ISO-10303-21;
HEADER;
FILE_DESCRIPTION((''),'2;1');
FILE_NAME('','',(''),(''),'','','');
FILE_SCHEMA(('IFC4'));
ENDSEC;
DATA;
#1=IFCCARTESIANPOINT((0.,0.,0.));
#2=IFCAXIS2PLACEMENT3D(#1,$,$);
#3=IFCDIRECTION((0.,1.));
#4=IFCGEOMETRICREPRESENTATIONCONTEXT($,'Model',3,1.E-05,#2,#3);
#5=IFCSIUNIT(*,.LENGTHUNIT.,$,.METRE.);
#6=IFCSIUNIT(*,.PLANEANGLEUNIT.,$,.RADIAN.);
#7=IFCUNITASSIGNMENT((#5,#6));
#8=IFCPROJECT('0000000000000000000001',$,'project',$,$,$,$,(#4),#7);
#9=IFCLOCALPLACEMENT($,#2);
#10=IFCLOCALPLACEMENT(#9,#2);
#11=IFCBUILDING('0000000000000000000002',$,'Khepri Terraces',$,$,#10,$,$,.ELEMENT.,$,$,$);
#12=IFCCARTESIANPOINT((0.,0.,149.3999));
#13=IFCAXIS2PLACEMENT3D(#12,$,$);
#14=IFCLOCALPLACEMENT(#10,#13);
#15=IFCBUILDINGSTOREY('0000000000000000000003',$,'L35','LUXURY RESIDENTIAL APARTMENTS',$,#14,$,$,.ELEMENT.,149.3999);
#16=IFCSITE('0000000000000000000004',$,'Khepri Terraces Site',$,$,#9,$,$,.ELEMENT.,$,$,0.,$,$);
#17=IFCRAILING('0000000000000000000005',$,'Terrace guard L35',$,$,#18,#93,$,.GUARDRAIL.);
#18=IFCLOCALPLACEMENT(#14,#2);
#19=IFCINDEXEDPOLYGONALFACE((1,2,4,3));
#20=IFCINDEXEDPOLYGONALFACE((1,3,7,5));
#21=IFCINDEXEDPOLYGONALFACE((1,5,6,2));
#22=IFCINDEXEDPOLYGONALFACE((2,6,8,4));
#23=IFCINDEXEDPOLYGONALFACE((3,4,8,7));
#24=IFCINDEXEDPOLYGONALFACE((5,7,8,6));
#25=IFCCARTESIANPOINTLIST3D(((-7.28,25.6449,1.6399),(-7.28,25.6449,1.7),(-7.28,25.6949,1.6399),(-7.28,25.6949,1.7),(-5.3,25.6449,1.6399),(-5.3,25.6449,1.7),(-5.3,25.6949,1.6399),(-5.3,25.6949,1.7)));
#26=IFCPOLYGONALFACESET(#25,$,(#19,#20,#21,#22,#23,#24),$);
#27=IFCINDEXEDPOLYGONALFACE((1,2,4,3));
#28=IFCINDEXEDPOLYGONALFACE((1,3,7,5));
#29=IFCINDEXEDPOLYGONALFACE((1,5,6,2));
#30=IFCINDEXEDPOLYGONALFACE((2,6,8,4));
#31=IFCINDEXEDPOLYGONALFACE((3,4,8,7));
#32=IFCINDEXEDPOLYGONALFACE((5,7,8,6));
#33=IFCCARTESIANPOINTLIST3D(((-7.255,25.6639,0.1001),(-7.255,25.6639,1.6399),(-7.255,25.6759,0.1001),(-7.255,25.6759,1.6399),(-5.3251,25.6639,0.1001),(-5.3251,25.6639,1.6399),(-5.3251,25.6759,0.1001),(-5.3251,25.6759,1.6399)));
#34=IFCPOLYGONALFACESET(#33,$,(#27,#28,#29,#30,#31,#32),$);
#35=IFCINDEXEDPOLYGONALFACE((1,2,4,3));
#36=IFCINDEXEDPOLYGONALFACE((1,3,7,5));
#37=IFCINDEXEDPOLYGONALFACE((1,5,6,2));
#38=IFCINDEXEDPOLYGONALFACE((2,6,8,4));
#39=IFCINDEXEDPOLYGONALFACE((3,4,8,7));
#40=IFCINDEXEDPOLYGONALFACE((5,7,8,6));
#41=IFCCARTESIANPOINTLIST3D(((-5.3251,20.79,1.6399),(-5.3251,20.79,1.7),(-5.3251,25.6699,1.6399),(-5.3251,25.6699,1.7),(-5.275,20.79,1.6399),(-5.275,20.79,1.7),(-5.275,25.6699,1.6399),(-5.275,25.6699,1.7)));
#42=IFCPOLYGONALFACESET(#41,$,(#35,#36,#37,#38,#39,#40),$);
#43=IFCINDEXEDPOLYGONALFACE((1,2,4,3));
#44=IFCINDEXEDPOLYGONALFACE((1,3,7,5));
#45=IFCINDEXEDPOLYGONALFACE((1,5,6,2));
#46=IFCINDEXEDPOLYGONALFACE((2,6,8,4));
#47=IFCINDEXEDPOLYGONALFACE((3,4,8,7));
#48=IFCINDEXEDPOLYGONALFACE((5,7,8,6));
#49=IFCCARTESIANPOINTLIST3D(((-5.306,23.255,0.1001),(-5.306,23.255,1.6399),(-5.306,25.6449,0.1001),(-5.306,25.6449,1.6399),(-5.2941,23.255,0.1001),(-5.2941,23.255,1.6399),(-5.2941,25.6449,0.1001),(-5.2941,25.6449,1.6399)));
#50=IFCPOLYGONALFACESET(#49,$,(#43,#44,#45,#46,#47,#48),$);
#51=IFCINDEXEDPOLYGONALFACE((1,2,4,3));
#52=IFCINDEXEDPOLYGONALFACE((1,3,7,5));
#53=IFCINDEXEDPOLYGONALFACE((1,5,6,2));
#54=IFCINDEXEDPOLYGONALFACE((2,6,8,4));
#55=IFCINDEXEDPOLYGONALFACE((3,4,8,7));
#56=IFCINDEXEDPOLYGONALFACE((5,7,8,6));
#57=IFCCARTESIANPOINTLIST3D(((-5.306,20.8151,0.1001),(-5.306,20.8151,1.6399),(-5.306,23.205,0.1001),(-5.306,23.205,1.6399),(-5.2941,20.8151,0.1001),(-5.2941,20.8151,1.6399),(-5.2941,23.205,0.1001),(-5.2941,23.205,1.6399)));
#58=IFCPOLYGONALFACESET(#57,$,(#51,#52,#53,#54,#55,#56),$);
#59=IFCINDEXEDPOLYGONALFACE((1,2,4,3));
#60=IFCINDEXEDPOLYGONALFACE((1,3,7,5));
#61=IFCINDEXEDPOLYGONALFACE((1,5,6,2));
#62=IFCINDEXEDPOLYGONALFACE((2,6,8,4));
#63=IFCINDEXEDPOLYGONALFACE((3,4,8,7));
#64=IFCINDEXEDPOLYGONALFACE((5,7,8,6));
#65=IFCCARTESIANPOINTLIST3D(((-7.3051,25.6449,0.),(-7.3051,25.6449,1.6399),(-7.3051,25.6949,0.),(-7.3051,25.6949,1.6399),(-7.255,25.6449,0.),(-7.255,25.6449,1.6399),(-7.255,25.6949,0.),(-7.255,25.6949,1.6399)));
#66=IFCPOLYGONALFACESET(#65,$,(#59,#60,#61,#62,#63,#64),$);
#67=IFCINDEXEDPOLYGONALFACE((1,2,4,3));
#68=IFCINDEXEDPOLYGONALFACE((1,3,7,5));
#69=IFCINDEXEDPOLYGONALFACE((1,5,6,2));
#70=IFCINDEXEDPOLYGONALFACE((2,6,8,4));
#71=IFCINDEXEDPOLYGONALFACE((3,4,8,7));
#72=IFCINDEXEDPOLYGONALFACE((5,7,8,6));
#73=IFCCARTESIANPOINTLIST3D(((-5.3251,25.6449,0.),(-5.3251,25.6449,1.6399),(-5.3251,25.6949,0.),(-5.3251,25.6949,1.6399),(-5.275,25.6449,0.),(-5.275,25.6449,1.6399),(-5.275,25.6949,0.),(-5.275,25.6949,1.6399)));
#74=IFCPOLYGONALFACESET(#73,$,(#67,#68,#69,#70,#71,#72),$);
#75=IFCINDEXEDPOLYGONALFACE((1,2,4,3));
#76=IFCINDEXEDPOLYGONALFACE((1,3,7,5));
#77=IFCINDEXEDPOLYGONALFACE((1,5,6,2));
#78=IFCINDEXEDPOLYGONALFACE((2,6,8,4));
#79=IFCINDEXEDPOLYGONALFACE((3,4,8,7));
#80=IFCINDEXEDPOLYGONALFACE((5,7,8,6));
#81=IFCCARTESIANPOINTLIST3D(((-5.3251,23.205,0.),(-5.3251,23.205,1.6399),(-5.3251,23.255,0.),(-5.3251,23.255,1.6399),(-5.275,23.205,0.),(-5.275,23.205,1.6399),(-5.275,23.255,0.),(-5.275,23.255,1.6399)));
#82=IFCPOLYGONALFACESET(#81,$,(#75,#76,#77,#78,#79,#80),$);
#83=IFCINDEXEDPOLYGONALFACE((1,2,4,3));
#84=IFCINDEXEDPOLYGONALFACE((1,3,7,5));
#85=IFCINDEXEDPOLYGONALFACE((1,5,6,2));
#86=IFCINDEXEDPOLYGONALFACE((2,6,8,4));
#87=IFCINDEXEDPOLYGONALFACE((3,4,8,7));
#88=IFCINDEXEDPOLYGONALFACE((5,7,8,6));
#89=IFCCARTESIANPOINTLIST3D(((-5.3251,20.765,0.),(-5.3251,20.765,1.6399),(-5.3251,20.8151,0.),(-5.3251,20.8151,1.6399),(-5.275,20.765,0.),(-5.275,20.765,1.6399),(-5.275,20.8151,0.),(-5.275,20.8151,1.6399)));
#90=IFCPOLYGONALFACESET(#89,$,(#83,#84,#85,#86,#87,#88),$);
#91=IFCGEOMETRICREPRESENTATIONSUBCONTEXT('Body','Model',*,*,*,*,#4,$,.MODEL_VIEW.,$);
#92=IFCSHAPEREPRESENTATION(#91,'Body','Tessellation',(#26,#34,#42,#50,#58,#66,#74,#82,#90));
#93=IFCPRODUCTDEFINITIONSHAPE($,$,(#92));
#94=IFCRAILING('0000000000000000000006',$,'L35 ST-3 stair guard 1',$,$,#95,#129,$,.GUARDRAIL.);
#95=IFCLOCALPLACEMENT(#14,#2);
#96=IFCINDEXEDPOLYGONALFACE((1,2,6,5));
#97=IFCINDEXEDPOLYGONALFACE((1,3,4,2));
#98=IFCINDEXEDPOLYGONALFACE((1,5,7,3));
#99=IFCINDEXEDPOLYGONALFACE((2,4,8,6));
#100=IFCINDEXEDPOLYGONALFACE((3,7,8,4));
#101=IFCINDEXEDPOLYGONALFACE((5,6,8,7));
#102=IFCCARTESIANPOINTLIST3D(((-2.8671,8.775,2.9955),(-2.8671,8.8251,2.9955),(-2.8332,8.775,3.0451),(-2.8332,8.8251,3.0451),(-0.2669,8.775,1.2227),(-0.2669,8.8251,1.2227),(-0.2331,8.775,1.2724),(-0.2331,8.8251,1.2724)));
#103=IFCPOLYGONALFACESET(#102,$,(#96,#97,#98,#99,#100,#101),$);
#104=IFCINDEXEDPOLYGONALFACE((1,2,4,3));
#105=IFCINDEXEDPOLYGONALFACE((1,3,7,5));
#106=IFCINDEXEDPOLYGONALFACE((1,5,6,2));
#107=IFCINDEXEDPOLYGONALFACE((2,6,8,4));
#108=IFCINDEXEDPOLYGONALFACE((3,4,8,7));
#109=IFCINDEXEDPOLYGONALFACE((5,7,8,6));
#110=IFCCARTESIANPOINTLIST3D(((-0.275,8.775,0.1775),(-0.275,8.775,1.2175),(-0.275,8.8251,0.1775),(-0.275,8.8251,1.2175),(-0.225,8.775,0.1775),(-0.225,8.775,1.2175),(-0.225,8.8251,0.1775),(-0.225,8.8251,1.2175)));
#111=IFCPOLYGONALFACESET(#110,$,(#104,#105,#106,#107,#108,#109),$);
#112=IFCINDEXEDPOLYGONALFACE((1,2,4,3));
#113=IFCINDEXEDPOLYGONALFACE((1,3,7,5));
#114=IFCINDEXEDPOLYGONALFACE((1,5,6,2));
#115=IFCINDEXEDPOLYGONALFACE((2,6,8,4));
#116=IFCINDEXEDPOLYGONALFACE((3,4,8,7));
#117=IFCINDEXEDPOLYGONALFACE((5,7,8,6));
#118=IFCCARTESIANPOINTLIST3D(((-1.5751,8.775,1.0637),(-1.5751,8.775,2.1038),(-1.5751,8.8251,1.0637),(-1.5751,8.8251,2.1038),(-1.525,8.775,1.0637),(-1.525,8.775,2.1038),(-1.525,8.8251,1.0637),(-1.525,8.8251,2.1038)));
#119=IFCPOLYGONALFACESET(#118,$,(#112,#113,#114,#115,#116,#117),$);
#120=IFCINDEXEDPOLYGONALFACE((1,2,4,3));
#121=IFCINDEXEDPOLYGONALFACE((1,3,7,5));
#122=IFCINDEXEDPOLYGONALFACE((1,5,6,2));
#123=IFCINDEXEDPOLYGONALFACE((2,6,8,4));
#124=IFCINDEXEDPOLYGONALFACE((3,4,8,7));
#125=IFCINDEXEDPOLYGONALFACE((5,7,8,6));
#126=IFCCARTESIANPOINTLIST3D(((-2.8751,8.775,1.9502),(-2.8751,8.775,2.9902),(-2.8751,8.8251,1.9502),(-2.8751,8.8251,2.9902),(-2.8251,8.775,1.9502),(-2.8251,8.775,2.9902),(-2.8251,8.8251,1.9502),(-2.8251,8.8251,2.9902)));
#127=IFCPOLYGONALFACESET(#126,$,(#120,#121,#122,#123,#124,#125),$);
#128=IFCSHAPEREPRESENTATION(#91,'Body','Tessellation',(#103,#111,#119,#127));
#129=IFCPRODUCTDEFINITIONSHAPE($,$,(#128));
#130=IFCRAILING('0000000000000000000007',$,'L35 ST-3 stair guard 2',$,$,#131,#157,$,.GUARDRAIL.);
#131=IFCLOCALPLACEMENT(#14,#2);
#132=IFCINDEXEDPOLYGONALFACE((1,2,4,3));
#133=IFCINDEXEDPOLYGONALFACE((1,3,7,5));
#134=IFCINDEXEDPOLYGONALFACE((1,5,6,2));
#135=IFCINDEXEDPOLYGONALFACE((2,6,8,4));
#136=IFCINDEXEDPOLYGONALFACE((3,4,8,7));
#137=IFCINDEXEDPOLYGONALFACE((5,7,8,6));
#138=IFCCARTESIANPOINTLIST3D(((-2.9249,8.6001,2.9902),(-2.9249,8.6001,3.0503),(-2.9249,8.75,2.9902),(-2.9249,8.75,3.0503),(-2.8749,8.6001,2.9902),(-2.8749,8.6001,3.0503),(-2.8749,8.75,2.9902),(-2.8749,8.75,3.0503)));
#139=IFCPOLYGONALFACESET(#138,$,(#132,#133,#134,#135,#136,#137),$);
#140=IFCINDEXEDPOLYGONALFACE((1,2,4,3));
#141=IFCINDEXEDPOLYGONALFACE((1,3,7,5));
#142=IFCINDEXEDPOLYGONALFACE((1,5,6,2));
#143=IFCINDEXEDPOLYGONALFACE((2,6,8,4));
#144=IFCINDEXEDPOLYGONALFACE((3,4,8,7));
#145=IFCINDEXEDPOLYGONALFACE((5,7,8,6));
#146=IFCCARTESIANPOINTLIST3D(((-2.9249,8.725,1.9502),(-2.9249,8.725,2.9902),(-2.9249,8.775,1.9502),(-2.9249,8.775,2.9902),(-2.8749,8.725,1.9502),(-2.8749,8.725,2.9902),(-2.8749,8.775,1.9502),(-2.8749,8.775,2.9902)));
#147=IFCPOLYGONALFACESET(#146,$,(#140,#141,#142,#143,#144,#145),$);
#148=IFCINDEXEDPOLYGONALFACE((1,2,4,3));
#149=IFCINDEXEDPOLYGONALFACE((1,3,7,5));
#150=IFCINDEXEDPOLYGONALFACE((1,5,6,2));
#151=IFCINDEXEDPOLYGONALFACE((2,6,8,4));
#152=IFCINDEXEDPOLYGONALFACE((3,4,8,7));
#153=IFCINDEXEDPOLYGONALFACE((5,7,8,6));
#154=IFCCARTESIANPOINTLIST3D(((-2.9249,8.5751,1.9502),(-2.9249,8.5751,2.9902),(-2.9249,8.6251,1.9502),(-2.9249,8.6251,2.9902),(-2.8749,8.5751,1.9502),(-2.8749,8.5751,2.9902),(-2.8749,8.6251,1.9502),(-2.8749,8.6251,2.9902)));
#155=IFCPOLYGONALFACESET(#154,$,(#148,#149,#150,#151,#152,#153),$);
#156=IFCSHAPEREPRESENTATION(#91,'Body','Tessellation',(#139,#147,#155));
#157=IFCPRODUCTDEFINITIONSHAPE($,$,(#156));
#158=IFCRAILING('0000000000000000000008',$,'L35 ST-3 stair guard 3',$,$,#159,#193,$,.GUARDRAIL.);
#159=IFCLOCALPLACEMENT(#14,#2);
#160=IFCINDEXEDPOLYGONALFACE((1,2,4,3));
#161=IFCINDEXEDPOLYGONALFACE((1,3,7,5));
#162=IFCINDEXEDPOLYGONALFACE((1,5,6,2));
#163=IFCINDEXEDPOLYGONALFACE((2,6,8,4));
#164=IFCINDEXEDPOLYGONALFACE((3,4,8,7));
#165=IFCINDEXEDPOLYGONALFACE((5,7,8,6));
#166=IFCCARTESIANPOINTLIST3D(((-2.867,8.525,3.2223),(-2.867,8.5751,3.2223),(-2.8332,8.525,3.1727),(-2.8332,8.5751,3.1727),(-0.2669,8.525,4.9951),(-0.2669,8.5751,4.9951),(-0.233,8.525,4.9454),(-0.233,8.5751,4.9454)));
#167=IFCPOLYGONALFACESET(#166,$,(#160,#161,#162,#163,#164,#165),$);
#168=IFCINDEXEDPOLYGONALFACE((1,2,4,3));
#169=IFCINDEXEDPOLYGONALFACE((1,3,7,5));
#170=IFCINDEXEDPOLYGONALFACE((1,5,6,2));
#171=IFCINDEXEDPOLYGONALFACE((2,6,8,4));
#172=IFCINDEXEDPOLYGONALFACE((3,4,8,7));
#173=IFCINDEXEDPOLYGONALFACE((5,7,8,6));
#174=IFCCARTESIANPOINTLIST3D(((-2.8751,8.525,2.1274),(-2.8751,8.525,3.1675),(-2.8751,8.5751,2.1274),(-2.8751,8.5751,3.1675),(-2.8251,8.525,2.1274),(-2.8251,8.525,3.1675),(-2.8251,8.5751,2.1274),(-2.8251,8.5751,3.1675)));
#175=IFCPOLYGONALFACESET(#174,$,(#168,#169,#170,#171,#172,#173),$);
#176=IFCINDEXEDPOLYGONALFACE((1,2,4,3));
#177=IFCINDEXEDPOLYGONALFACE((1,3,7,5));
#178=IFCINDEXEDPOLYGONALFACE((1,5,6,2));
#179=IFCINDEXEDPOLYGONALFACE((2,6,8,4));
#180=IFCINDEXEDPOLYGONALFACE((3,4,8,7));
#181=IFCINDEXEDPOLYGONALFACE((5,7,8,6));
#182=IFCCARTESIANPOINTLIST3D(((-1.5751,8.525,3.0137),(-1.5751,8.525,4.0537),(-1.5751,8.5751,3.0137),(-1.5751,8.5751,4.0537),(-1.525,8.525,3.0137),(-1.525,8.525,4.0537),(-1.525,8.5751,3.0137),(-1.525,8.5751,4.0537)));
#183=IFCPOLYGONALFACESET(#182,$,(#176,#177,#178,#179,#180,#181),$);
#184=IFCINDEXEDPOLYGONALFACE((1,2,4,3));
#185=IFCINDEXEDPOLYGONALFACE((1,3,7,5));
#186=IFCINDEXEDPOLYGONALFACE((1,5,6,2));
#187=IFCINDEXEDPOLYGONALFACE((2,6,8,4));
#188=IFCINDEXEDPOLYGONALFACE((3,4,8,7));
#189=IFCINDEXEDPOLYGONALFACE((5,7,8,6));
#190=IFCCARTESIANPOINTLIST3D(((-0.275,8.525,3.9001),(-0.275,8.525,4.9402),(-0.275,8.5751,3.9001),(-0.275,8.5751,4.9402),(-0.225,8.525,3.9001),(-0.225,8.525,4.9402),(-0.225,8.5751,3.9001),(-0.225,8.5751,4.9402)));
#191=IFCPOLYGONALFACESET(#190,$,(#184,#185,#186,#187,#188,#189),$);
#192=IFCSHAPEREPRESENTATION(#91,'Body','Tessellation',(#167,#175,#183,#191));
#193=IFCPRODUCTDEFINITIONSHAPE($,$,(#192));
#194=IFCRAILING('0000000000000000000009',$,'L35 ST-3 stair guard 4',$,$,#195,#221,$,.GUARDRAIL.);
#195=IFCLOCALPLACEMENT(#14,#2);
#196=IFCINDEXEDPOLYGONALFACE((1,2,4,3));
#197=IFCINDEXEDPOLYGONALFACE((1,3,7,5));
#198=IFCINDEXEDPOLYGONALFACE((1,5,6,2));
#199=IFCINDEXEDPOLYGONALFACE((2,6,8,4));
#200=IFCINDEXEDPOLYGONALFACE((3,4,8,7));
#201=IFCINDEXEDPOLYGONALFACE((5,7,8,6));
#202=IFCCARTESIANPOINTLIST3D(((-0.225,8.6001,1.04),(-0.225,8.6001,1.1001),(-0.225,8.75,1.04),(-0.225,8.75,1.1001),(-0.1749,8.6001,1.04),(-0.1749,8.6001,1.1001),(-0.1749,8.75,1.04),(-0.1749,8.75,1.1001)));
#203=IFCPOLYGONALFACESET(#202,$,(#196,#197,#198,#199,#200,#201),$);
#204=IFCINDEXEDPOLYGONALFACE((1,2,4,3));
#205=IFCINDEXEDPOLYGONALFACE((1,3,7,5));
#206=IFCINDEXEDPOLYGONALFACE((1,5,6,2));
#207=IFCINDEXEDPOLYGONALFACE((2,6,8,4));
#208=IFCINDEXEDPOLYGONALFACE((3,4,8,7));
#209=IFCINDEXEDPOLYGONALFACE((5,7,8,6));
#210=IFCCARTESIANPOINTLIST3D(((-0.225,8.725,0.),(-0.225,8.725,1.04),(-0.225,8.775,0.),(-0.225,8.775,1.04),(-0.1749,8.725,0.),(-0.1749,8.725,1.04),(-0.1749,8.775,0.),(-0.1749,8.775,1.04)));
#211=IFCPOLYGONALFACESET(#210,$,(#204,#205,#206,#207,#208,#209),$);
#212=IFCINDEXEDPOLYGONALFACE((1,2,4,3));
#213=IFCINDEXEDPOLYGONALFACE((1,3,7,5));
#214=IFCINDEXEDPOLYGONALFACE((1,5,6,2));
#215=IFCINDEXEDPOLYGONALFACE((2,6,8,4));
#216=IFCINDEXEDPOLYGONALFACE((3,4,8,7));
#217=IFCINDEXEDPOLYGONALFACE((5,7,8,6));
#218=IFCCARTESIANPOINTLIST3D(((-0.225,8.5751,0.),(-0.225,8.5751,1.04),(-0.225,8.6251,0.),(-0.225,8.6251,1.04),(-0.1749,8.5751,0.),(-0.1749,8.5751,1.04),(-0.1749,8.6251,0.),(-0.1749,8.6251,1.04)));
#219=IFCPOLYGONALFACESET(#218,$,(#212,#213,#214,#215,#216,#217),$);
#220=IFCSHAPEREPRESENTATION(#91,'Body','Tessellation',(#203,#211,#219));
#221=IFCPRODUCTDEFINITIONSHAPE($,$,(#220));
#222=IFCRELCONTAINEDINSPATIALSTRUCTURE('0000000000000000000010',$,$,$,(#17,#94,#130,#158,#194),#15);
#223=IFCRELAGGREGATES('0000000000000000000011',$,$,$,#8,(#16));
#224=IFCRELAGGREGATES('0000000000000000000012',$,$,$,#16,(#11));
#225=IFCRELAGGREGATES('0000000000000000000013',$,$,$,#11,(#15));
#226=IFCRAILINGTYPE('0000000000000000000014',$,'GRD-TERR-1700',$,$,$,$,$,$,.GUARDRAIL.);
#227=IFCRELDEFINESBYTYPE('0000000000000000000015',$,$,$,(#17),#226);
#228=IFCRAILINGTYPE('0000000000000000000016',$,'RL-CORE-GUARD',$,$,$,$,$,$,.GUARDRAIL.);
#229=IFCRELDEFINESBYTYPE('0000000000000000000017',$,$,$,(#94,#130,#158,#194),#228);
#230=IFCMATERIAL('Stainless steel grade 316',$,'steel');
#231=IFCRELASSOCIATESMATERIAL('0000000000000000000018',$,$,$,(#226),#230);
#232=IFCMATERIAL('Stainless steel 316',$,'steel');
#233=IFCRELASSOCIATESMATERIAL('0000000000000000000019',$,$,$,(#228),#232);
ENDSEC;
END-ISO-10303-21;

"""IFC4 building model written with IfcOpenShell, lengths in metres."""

from ifc_helpers import new_model, si_unit, direction, frame, origin, origin_2d, place, context, subcontext, project, spatial, rectangle, extrude, material, type_object, element, save


model = new_model("IFC4")

# Units and contexts
model_context = context("Model", 3, precision=1e-05, world=origin(), true_north=direction((0.0, 1.0)))
body_context = subcontext(model_context, "Body", "Model", "MODEL_VIEW")
ifc_project = project(units=[si_unit("LENGTHUNIT", "METRE"), si_unit("PLANEANGLEUNIT", "RADIAN")], contexts=[model_context])

# Site, building, storey
site_placement = place(None, origin())
site = spatial("IfcSite", under=ifc_project, at=site_placement, Name="Khepri Terraces Site", CompositionType="ELEMENT", RefElevation=0.0)
building_placement = place(site_placement, origin())
building = spatial("IfcBuilding", under=site, at=building_placement, Name="Khepri Terraces", CompositionType="ELEMENT")
storey_placement = place(building_placement, frame((0.0, 0.0, 149.3999)))
storey = spatial("IfcBuildingStorey", under=building, at=storey_placement, Name="L35", Description="LUXURY RESIDENTIAL APARTMENTS", CompositionType="ELEMENT", Elevation=149.3999)

# Railings
ifc_material_1 = material(Name="Stainless steel grade 316", Category="steel")
railing_type_1 = type_object("IfcRailingType", Name="GRD-TERR-1700", PredefinedType="GUARDRAIL", material=ifc_material_1)
railing_1_placement = place(storey_placement, frame((-7.28, 25.6699, 0.0)))
element("IfcRailing", 1, at=railing_1_placement, inside=storey, type_object=railing_type_1, Name="Terrace guard L35", PredefinedType="GUARDRAIL", context=body_context, shape_type="SweptSolid", body=[
    extrude(rectangle(XDim=0.05, YDim=0.0601, at=origin_2d()), frame((0.0, 0.0, 1.6699), z_axis=(1.0, 0.0, 0.0), x_axis=(0.0, 1.0, 0.0)), (0.0, 0.0, 1.0), 1.98),
    extrude(rectangle(XDim=1.9299, YDim=0.012, at=origin_2d()), frame((0.99, 0.0, 0.1001), z_axis=(0.0, 0.0, 1.0), x_axis=(1.0, 0.0, 0.0)), (0.0, 0.0, 1.0), 1.5398),
    extrude(rectangle(XDim=0.05, YDim=0.0601, at=origin_2d()), frame((1.98, 0.0, 1.6699), z_axis=(0.0, -1.0, 0.0), x_axis=(1.0, 0.0, 0.0)), (0.0, 0.0, 1.0), 4.8799),
    extrude(rectangle(XDim=2.3899, YDim=0.012, at=origin_2d()), frame((1.98, -1.22, 0.1001), z_axis=(0.0, 0.0, 1.0), x_axis=(0.0, -1.0, 0.0)), (0.0, 0.0, 1.0), 1.5398),
    extrude(rectangle(XDim=2.3899, YDim=0.012, at=origin_2d()), frame((1.98, -3.6599, 0.1001), z_axis=(0.0, 0.0, 1.0), x_axis=(0.0, -1.0, 0.0)), (0.0, 0.0, 1.0), 1.5398),
    extrude(rectangle(XDim=0.05, YDim=0.05, at=origin_2d()), origin(), (0.0, 0.0, 1.0), 1.6399),
    extrude(rectangle(XDim=0.05, YDim=0.05, at=origin_2d()), frame((1.98, 0.0, 0.0)), (0.0, 0.0, 1.0), 1.6399),
    extrude(rectangle(XDim=0.05, YDim=0.05, at=origin_2d()), frame((1.98, -2.4399, 0.0)), (0.0, 0.0, 1.0), 1.6399),
    extrude(rectangle(XDim=0.05, YDim=0.05, at=origin_2d()), frame((1.98, -4.8799, 0.0)), (0.0, 0.0, 1.0), 1.6399),
])
ifc_material_2 = material(Name="Stainless steel 316", Category="steel")
railing_type_2 = type_object("IfcRailingType", Name="RL-CORE-GUARD", PredefinedType="GUARDRAIL", material=ifc_material_2)
railing_2_placement = place(storey_placement, frame((-0.25, 8.8, 0.1775)))
element("IfcRailing", 2, at=railing_2_placement, inside=storey, type_object=railing_type_2, Name="L35 ST-3 stair guard 1", PredefinedType="GUARDRAIL", context=body_context, shape_type="SweptSolid", body=[
    extrude(rectangle(XDim=0.05, YDim=0.0601, at=origin_2d()), frame((0.0, 0.0, 1.0701), z_axis=(-0.82624, 0.0, 0.563318), x_axis=(0.0, -1.0, 0.0)), (0.0, 0.0, 1.0), 3.147),
    extrude(rectangle(XDim=0.05, YDim=0.05, at=origin_2d()), origin(), (0.0, 0.0, 1.0), 1.04),
    extrude(rectangle(XDim=0.05, YDim=0.05, at=origin_2d()), frame((-1.3, 0.0, 0.8862)), (0.0, 0.0, 1.0), 1.04),
    extrude(rectangle(XDim=0.05, YDim=0.05, at=origin_2d()), frame((-2.6001, 0.0, 1.7727)), (0.0, 0.0, 1.0), 1.04),
])
railing_3_placement = place(storey_placement, frame((-2.8999, 8.75, 1.9502)))
element("IfcRailing", 3, at=railing_3_placement, inside=storey, type_object=railing_type_2, Name="L35 ST-3 stair guard 2", PredefinedType="GUARDRAIL", context=body_context, shape_type="SweptSolid", body=[
    extrude(rectangle(XDim=0.05, YDim=0.0601, at=origin_2d()), frame((0.0, 0.0, 1.0701), z_axis=(0.0, -1.0, 0.0), x_axis=(1.0, 0.0, 0.0)), (0.0, 0.0, 1.0), 0.1499),
    extrude(rectangle(XDim=0.05, YDim=0.05, at=origin_2d()), origin(), (0.0, 0.0, 1.0), 1.04),
    extrude(rectangle(XDim=0.05, YDim=0.05, at=origin_2d()), frame((0.0, -0.1499, 0.0)), (0.0, 0.0, 1.0), 1.04),
])
railing_4_placement = place(storey_placement, frame((-2.8501, 8.55, 2.1274)))
element("IfcRailing", 4, at=railing_4_placement, inside=storey, type_object=railing_type_2, Name="L35 ST-3 stair guard 3", PredefinedType="GUARDRAIL", context=body_context, shape_type="SweptSolid", body=[
    extrude(rectangle(XDim=0.05, YDim=0.0601, at=origin_2d()), frame((0.0, 0.0, 1.0701), z_axis=(0.82624, 0.0, 0.563318), x_axis=(0.0, 1.0, 0.0)), (0.0, 0.0, 1.0), 3.147),
    extrude(rectangle(XDim=0.05, YDim=0.05, at=origin_2d()), origin(), (0.0, 0.0, 1.0), 1.04),
    extrude(rectangle(XDim=0.05, YDim=0.05, at=origin_2d()), frame((1.3, 0.0, 0.8862)), (0.0, 0.0, 1.0), 1.04),
    extrude(rectangle(XDim=0.05, YDim=0.05, at=origin_2d()), frame((2.6001, 0.0, 1.7727)), (0.0, 0.0, 1.0), 1.04),
])
railing_5_placement = place(storey_placement, frame((-0.2, 8.75, 0.0)))
element("IfcRailing", 5, at=railing_5_placement, inside=storey, type_object=railing_type_2, Name="L35 ST-3 stair guard 4", PredefinedType="GUARDRAIL", context=body_context, shape_type="SweptSolid", body=[
    extrude(rectangle(XDim=0.05, YDim=0.0601, at=origin_2d()), frame((0.0, 0.0, 1.0701), z_axis=(0.0, -1.0, 0.0), x_axis=(1.0, 0.0, 0.0)), (0.0, 0.0, 1.0), 0.1499),
    extrude(rectangle(XDim=0.05, YDim=0.05, at=origin_2d()), origin(), (0.0, 0.0, 1.0), 1.04),
    extrude(rectangle(XDim=0.05, YDim=0.05, at=origin_2d()), frame((0.0, -0.1499, 0.0)), (0.0, 0.0, 1.0), 1.04),
])

save(model, "model.ifc")
